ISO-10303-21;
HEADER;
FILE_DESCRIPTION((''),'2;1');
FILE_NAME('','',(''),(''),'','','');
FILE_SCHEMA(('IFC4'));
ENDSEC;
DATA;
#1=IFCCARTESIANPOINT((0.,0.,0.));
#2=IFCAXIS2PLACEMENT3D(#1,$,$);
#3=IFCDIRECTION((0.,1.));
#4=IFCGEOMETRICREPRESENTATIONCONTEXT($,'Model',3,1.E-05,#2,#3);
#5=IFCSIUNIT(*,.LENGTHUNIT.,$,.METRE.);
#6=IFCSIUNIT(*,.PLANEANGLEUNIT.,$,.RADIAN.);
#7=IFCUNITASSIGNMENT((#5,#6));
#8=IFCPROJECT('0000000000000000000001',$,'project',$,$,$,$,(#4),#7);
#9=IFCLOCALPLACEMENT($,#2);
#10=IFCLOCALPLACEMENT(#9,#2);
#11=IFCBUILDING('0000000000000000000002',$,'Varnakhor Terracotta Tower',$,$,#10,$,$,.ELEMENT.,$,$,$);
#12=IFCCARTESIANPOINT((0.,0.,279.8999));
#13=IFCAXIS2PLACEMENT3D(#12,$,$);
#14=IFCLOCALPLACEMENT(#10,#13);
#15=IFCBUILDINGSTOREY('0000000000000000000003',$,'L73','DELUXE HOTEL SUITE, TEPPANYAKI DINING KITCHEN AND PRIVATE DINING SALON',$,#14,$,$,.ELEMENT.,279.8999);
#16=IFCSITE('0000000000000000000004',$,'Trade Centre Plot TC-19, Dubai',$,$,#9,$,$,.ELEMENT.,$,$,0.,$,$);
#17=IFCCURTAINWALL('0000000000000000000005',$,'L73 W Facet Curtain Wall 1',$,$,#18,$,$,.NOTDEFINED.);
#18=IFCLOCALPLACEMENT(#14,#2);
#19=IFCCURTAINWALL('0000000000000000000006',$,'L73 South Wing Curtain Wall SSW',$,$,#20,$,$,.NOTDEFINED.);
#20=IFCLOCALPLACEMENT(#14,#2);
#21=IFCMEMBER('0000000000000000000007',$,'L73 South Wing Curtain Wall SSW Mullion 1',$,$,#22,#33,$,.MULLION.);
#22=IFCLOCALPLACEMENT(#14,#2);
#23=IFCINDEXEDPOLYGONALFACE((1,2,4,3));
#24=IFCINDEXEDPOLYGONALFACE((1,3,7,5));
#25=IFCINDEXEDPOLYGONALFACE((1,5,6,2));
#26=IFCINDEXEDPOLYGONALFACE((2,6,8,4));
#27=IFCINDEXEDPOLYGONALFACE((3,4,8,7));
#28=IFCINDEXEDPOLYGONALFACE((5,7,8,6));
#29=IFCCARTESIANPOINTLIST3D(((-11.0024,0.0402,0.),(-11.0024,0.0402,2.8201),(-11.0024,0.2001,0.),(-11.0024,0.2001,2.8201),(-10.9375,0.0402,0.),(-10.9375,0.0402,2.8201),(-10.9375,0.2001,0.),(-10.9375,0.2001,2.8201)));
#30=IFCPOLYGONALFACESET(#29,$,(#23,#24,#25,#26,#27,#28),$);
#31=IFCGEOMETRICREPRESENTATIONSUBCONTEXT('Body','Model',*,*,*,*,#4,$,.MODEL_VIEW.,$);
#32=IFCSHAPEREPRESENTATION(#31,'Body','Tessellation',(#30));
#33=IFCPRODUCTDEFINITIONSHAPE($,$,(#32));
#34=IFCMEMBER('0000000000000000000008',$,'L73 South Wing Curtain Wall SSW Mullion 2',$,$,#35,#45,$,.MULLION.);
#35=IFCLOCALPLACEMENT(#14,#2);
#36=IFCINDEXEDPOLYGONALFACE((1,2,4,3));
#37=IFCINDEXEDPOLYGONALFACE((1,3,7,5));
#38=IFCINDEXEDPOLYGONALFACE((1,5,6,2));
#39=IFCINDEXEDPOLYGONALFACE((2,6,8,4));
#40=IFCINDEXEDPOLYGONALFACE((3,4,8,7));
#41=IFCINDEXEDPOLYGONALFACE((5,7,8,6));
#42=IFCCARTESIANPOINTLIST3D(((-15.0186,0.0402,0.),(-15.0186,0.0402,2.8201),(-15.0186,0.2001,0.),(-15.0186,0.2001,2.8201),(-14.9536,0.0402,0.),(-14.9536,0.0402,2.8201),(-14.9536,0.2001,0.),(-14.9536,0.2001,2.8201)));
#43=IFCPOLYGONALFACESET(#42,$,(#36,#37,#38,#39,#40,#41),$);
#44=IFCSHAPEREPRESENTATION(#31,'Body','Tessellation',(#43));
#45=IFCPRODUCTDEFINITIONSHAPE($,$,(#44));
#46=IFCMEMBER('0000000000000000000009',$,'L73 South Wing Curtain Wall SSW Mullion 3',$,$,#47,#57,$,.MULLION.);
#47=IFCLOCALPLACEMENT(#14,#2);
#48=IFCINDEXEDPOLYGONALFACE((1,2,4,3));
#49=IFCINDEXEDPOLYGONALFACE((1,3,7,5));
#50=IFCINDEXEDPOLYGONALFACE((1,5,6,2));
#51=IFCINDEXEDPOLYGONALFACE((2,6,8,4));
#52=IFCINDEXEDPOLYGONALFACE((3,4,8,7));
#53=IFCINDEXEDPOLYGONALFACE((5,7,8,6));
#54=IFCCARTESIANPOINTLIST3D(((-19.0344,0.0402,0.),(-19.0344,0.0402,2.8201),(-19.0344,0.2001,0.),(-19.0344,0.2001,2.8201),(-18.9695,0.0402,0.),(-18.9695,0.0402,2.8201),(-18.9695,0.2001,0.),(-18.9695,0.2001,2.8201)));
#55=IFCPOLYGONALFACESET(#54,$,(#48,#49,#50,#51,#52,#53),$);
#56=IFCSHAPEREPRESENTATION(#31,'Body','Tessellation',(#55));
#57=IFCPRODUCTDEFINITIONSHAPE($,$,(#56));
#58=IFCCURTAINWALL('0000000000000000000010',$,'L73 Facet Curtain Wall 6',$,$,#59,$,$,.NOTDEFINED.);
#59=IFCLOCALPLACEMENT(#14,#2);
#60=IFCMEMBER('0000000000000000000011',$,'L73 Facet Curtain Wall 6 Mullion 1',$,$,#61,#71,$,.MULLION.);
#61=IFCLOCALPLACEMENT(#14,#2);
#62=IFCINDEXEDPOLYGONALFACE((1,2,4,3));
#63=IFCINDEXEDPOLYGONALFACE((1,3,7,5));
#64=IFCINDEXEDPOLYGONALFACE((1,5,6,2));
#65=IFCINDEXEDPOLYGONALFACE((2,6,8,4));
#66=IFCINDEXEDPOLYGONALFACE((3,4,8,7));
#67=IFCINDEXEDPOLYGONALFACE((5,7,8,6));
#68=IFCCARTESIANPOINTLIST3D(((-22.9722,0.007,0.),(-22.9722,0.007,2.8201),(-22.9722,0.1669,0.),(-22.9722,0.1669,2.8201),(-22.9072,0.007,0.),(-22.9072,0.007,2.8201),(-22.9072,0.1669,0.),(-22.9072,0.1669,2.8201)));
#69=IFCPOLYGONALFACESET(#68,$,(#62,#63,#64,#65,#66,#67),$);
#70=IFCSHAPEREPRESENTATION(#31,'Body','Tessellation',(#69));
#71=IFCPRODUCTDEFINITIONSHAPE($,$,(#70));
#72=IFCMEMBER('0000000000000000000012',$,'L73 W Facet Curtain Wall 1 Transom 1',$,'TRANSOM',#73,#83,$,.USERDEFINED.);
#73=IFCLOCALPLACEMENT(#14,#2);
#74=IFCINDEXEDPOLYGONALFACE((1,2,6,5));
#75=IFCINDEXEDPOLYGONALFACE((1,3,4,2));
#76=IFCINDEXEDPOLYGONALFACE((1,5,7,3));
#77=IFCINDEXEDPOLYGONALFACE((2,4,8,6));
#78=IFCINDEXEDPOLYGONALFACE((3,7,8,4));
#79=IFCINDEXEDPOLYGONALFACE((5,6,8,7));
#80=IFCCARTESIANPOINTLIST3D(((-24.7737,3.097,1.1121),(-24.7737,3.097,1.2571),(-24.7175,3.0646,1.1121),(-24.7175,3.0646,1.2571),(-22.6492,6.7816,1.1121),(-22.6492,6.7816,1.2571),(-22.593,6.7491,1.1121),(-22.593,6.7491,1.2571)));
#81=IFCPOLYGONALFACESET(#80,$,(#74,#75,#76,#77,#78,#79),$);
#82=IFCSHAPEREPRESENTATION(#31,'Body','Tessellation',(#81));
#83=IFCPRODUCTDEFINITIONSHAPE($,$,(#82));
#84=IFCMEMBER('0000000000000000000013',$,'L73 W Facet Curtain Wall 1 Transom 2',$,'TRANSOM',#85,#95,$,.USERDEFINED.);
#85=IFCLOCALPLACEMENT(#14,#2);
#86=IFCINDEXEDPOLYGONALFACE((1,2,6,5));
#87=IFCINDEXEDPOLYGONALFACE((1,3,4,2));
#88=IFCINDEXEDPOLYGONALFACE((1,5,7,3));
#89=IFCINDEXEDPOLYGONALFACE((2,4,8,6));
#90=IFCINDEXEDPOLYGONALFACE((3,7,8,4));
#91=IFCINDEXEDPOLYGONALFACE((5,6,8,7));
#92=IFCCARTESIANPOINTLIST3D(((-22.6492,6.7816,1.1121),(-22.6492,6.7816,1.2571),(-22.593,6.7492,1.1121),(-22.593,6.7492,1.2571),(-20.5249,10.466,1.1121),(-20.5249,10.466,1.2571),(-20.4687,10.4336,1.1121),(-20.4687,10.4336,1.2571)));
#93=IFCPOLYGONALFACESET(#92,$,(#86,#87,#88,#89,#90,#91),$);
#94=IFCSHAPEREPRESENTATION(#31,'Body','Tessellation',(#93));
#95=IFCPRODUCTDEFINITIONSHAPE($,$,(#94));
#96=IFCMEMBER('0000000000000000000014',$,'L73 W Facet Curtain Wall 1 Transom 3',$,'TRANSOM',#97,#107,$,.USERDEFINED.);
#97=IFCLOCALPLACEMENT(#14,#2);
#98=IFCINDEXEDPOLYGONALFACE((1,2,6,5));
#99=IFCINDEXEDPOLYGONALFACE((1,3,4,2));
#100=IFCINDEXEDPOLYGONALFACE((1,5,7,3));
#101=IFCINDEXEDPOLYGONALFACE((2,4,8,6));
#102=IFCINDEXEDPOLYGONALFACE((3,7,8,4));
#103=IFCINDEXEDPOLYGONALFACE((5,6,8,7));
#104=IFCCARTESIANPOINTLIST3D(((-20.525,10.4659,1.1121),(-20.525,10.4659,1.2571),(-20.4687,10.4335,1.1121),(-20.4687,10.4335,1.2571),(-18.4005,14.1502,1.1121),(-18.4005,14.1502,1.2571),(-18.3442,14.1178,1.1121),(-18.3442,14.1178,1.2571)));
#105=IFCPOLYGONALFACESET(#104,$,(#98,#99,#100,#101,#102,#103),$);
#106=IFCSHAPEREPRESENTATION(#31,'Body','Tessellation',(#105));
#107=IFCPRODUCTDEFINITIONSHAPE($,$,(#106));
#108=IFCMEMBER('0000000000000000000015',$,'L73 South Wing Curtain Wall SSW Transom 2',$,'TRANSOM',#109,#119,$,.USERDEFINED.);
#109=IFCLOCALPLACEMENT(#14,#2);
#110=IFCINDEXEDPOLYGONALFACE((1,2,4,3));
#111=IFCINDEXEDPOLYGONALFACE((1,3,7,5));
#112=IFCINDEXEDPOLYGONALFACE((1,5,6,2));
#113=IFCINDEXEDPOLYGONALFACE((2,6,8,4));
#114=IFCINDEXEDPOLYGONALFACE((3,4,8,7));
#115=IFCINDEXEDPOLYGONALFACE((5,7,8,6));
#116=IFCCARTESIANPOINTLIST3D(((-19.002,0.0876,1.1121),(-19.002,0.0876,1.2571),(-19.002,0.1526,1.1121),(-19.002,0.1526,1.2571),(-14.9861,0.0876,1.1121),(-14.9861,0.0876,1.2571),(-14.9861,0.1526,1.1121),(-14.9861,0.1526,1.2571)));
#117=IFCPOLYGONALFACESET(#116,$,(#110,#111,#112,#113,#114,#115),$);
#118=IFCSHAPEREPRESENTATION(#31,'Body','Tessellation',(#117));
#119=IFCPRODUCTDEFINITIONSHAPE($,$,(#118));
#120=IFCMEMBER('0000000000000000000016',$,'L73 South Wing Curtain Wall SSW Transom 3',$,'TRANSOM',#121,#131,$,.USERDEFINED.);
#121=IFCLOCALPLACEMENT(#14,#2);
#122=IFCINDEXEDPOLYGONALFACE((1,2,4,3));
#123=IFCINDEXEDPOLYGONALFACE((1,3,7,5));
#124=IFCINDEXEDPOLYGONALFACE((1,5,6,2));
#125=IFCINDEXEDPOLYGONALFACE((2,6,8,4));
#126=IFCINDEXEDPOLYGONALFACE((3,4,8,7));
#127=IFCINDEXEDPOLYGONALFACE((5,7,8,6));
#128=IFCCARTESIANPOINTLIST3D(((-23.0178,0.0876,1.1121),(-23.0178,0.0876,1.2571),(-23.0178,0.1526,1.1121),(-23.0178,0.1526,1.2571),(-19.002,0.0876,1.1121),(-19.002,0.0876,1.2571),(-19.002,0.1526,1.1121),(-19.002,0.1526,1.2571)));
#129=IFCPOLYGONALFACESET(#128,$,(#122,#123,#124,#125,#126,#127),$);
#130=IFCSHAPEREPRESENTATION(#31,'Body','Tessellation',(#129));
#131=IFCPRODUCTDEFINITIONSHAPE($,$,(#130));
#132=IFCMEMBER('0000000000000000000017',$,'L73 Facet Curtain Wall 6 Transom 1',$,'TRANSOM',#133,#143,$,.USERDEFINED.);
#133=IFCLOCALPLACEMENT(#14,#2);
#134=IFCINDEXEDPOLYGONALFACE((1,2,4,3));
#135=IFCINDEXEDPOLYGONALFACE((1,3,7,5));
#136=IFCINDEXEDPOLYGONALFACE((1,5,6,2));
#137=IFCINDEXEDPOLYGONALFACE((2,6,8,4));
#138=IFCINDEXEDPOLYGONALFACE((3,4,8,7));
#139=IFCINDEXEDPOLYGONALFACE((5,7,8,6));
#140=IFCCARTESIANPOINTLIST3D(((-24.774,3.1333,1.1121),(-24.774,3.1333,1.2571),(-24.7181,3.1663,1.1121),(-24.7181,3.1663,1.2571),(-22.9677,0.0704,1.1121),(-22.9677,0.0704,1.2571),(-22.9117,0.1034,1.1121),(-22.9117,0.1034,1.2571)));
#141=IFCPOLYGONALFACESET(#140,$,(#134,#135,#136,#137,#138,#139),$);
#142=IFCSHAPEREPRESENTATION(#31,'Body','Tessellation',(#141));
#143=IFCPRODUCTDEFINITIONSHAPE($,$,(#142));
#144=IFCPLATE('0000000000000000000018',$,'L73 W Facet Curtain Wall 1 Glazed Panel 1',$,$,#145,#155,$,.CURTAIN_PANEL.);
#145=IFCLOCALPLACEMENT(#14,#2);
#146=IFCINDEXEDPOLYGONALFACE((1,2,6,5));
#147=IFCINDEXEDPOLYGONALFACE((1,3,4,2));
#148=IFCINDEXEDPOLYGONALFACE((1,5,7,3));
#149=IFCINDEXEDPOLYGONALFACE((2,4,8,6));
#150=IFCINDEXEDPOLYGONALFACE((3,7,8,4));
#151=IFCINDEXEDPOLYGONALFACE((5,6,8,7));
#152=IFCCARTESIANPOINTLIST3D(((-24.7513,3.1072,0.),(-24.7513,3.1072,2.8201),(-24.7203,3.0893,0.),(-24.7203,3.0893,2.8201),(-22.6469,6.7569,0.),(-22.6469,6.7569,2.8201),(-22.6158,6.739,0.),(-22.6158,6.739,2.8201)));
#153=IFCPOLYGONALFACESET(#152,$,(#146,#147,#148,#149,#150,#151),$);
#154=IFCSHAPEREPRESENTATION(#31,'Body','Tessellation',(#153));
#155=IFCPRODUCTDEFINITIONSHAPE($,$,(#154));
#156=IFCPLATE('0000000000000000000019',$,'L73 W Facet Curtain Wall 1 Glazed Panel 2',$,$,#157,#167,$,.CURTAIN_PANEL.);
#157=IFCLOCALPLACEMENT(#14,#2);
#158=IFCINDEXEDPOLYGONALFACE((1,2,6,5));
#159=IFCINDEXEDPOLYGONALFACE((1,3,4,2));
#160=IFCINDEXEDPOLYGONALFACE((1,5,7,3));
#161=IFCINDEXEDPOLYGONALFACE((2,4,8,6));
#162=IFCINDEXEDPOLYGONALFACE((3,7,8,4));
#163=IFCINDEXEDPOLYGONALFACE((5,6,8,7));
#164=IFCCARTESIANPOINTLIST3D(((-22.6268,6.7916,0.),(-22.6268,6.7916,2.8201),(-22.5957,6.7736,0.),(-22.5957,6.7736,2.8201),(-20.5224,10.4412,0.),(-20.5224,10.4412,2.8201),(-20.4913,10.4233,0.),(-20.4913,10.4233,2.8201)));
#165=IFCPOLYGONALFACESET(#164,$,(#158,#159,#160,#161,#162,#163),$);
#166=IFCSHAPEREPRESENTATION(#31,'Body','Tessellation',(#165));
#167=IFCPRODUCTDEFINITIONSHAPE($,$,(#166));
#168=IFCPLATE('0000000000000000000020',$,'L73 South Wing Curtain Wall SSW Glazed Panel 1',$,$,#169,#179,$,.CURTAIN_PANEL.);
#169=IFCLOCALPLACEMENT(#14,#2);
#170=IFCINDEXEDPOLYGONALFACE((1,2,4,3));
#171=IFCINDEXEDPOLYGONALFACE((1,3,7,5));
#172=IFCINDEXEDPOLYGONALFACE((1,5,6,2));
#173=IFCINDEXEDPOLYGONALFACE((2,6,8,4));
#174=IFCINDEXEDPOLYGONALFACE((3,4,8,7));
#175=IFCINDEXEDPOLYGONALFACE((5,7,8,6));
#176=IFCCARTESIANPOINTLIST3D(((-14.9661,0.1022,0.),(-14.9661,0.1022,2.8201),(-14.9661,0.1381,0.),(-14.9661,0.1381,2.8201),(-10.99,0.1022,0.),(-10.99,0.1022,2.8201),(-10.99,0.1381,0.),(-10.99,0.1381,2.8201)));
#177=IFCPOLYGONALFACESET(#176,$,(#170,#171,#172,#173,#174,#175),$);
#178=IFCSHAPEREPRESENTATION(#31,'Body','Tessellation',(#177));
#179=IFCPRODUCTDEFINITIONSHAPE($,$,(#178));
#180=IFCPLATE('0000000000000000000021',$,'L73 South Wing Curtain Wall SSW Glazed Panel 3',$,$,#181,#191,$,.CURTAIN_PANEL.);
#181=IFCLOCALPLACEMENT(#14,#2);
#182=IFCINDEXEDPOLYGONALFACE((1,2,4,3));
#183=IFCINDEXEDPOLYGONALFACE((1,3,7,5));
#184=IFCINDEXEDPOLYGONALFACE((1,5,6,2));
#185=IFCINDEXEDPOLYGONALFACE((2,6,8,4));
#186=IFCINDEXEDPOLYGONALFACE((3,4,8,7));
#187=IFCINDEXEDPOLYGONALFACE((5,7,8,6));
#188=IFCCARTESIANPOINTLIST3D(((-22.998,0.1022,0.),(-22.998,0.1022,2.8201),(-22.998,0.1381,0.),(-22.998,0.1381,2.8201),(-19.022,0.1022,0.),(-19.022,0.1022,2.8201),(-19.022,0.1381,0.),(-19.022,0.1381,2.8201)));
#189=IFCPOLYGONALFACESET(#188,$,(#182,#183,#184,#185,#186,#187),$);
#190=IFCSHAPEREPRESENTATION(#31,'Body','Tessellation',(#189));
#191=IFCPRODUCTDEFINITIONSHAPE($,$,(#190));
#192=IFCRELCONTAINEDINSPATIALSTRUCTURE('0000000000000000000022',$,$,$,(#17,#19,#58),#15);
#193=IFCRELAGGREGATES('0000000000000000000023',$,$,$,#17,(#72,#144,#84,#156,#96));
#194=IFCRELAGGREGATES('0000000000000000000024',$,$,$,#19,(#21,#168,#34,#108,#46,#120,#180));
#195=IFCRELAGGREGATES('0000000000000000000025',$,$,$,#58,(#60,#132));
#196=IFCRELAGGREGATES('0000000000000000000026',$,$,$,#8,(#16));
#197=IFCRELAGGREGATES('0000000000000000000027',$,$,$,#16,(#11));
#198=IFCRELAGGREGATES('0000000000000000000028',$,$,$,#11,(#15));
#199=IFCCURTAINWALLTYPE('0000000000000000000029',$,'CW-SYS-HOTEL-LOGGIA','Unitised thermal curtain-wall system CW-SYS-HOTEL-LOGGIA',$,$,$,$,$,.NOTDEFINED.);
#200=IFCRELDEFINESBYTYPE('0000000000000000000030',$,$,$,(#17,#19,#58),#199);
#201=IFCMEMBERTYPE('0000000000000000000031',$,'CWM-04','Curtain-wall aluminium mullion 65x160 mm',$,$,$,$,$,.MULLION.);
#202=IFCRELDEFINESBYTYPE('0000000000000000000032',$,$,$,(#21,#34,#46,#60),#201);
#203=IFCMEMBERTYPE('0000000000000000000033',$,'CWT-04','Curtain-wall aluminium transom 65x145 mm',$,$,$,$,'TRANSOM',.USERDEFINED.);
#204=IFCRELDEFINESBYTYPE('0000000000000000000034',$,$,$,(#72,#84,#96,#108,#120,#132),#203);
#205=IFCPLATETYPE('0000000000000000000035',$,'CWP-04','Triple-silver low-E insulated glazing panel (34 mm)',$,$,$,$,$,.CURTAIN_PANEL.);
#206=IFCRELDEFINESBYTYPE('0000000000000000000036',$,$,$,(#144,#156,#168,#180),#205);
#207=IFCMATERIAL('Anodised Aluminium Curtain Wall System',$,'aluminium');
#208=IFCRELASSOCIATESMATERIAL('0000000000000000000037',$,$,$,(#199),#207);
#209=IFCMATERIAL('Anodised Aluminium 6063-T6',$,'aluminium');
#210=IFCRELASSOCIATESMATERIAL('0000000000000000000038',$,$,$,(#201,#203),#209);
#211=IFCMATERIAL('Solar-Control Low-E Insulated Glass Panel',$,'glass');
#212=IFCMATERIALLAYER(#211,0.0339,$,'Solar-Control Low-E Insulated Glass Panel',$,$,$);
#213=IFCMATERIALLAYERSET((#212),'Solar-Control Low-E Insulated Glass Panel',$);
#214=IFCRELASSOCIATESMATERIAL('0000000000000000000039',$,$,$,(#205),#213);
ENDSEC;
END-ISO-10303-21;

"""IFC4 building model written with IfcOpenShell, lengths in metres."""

from ifc_helpers import new_model, si_unit, direction, frame, origin, origin_2d, place, context, subcontext, project, spatial, rectangle, extrude, source, transform, mapped, material, layer, layer_set, material_profile, profile_set, type_object, type_shapes, element, aggregate, save


model = new_model("IFC4")

# Units and contexts
model_context = context("Model", 3, precision=1e-05, world=origin(), true_north=direction((0.0, 1.0)))
body_context = subcontext(model_context, "Body", "Model", "MODEL_VIEW")
ifc_project = project(units=[si_unit("LENGTHUNIT", "METRE"), si_unit("PLANEANGLEUNIT", "RADIAN")], contexts=[model_context])

# Site, building, storey
site_placement = place(None, origin())
site = spatial("IfcSite", under=ifc_project, at=site_placement, Name="Trade Centre Plot TC-19, Dubai", CompositionType="ELEMENT", RefElevation=0.0)
building_placement = place(site_placement, origin())
building = spatial("IfcBuilding", under=site, at=building_placement, Name="Varnakhor Terracotta Tower", CompositionType="ELEMENT")
storey_placement = place(building_placement, frame((0.0, 0.0, 279.8999)))
storey = spatial("IfcBuildingStorey", under=building, at=storey_placement, Name="L73", Description="DELUXE HOTEL SUITE, TEPPANYAKI DINING KITCHEN AND PRIVATE DINING SALON", CompositionType="ELEMENT", Elevation=279.8999)

# Curtain walls, members
ifc_material_1 = material(Name="Anodised Aluminium Curtain Wall System", Category="aluminium")
curtain_wall_type = type_object("IfcCurtainWallType", Name="CW-SYS-HOTEL-LOGGIA", Description="Unitised thermal curtain-wall system CW-SYS-HOTEL-LOGGIA", PredefinedType="NOTDEFINED", material=ifc_material_1)
curtain_wall_1_placement = place(storey_placement, origin())
curtain_wall_1 = element("IfcCurtainWall", 1, at=curtain_wall_1_placement, inside=storey, type_object=curtain_wall_type, Name="L73 W Facet Curtain Wall 1", PredefinedType="NOTDEFINED")
ifc_material_2 = material(Name="Anodised Aluminium 6063-T6", Category="aluminium")
ifc_material_profile_1 = material_profile(ifc_material_2, rectangle(XDim=0.0649, YDim=0.1599, at=origin_2d()), Name="ALU MULLION 65x160")
ifc_profile_set_1 = profile_set([ifc_material_profile_1], Name="Anodised Aluminium 6063-T6")
member_type_1 = type_object("IfcMemberType", Name="CWM-04", Description="Curtain-wall aluminium mullion 65x160 mm", PredefinedType="MULLION", material=ifc_profile_set_1)
shared_shape_1 = source(origin(), body_context, "Body", "SweptSolid", [
    extrude(rectangle(XDim=0.0649, YDim=0.1599, at=origin_2d()), origin(), (0.0, 0.0, 1.0), 2.8201),
])
type_shapes(member_type_1, [shared_shape_1])
curtain_wall_2_placement = place(storey_placement, origin())
curtain_wall_2 = element("IfcCurtainWall", 2, at=curtain_wall_2_placement, inside=storey, type_object=curtain_wall_type, Name="L73 South Wing Curtain Wall SSW", PredefinedType="NOTDEFINED")
member_1_placement = place(storey_placement, frame((-10.97, 0.1201, 0.0), z_axis=(0.0, 0.0, 1.0), x_axis=(1.0, 0.0, 0.0)))
member_1 = element("IfcMember", 3, at=member_1_placement, type_object=member_type_1, Name="L73 South Wing Curtain Wall SSW Mullion 1", PredefinedType="MULLION", context=body_context, shape_type="MappedRepresentation", body=[
    mapped(shared_shape_1, transform((0.0, 0.0, 0.0), scale=1.0)),
])
member_2_placement = place(storey_placement, frame((-14.9861, 0.1201, 0.0), z_axis=(0.0, 0.0, 1.0), x_axis=(1.0, 0.0, 0.0)))
member_2 = element("IfcMember", 4, at=member_2_placement, type_object=member_type_1, Name="L73 South Wing Curtain Wall SSW Mullion 2", PredefinedType="MULLION", context=body_context, shape_type="MappedRepresentation", body=[
    mapped(shared_shape_1, transform((0.0, 0.0, 0.0), scale=1.0)),
])
member_3_placement = place(storey_placement, frame((-19.002, 0.1201, 0.0), z_axis=(0.0, 0.0, 1.0), x_axis=(1.0, 0.0, 0.0)))
member_3 = element("IfcMember", 5, at=member_3_placement, type_object=member_type_1, Name="L73 South Wing Curtain Wall SSW Mullion 3", PredefinedType="MULLION", context=body_context, shape_type="MappedRepresentation", body=[
    mapped(shared_shape_1, transform((0.0, 0.0, 0.0), scale=1.0)),
])

# Curtain wall, member
curtain_wall_3_placement = place(storey_placement, origin())
curtain_wall_3 = element("IfcCurtainWall", 6, at=curtain_wall_3_placement, inside=storey, type_object=curtain_wall_type, Name="L73 Facet Curtain Wall 6", PredefinedType="NOTDEFINED")
member_4_placement = place(storey_placement, frame((-22.9397, 0.0869, 0.0), z_axis=(0.0, 0.0, 1.0), x_axis=(1.0, 0.0, 0.0)))
member_4 = element("IfcMember", 7, at=member_4_placement, type_object=member_type_1, Name="L73 Facet Curtain Wall 6 Mullion 1", PredefinedType="MULLION", context=body_context, shape_type="MappedRepresentation", body=[
    mapped(shared_shape_1, transform((0.0, 0.0, 0.0), scale=1.0)),
])

# Members
ifc_material_profile_2 = material_profile(ifc_material_2, rectangle(XDim=0.0649, YDim=0.145, at=origin_2d()), Name="ALU TRANSOM 65x145")
ifc_profile_set_2 = profile_set([ifc_material_profile_2], Name="Anodised Aluminium 6063-T6")
member_type_2 = type_object("IfcMemberType", Name="CWT-04", Description="Curtain-wall aluminium transom 65x145 mm", ElementType="TRANSOM", PredefinedType="USERDEFINED", material=ifc_profile_set_2)
shared_shape_2 = source(origin(), body_context, "Body", "SweptSolid", [
    extrude(rectangle(XDim=0.0649, YDim=0.145, at=origin_2d()), origin(), (0.0, 0.0, 1.0), 4.2532),
])
member_5_placement = place(storey_placement, frame((-24.7456, 3.0808, 1.1846), z_axis=(0.49951, 0.866308, 0.0), x_axis=(-0.866308, 0.49951, 0.0)))
member_5 = element("IfcMember", 8, at=member_5_placement, type_object=member_type_2, Name="L73 W Facet Curtain Wall 1 Transom 1", ObjectType="TRANSOM", PredefinedType="USERDEFINED", context=body_context, shape_type="MappedRepresentation", body=[
    mapped(shared_shape_2, transform((0.0, 0.0, 0.0), scale=1.0)),
])
shared_shape_3 = source(origin(), body_context, "Body", "SweptSolid", [
    extrude(rectangle(XDim=0.0649, YDim=0.145, at=origin_2d()), origin(), (0.0, 0.0, 1.0), 4.2529),
])
member_6_placement = place(storey_placement, frame((-22.6211, 6.7654, 1.1846), z_axis=(0.499492, 0.866318, 0.0), x_axis=(-0.866318, 0.499492, 0.0)))
member_6 = element("IfcMember", 9, at=member_6_placement, type_object=member_type_2, Name="L73 W Facet Curtain Wall 1 Transom 2", ObjectType="TRANSOM", PredefinedType="USERDEFINED", context=body_context, shape_type="MappedRepresentation", body=[
    mapped(shared_shape_3, transform((0.0, 0.0, 0.0), scale=1.0)),
])
member_7_placement = place(storey_placement, frame((-20.4968, 10.4497, 1.1846), z_axis=(0.499535, 0.866294, 0.0), x_axis=(-0.866294, 0.499535, 0.0)))
member_7 = element("IfcMember", 10, at=member_7_placement, type_object=member_type_2, Name="L73 W Facet Curtain Wall 1 Transom 3", ObjectType="TRANSOM", PredefinedType="USERDEFINED", context=body_context, shape_type="MappedRepresentation", body=[
    mapped(shared_shape_3, transform((0.0, 0.0, 0.0), scale=1.0)),
])
shared_shape_4 = source(origin(), body_context, "Body", "SweptSolid", [
    extrude(rectangle(XDim=0.0649, YDim=0.145, at=origin_2d()), origin(), (0.0, 0.0, 1.0), 4.0159),
])
member_8_placement = place(storey_placement, frame((-14.9861, 0.1201, 1.1846), z_axis=(-1.0, 0.0, 0.0), x_axis=(0.0, -1.0, 0.0)))
member_8 = element("IfcMember", 11, at=member_8_placement, type_object=member_type_2, Name="L73 South Wing Curtain Wall SSW Transom 2", ObjectType="TRANSOM", PredefinedType="USERDEFINED", context=body_context, shape_type="MappedRepresentation", body=[
    mapped(shared_shape_4, transform((0.0, 0.0, 0.0), scale=1.0)),
])
member_9_placement = place(storey_placement, frame((-19.002, 0.1201, 1.1846), z_axis=(-1.0, 0.0, 0.0), x_axis=(0.0, -1.0, 0.0)))
member_9 = element("IfcMember", 12, at=member_9_placement, type_object=member_type_2, Name="L73 South Wing Curtain Wall SSW Transom 3", ObjectType="TRANSOM", PredefinedType="USERDEFINED", context=body_context, shape_type="MappedRepresentation", body=[
    mapped(shared_shape_4, transform((0.0, 0.0, 0.0), scale=1.0)),
])
shared_shape_5 = source(origin(), body_context, "Body", "SweptSolid", [
    extrude(rectangle(XDim=0.0649, YDim=0.145, at=origin_2d()), origin(), (0.0, 0.0, 1.0), 3.5559),
])
member_10_placement = place(storey_placement, frame((-22.9397, 0.0869, 1.1846), z_axis=(-0.507989, 0.861364, 0.0), x_axis=(-0.861364, -0.507989, 0.0)))
member_10 = element("IfcMember", 13, at=member_10_placement, type_object=member_type_2, Name="L73 Facet Curtain Wall 6 Transom 1", ObjectType="TRANSOM", PredefinedType="USERDEFINED", context=body_context, shape_type="MappedRepresentation", body=[
    mapped(shared_shape_5, transform((0.0, 0.0, 0.0), scale=1.0)),
])

# Plates
ifc_material_3 = material(Name="Solar-Control Low-E Insulated Glass Panel", Category="glass")
ifc_layer_1 = layer(ifc_material_3, 0.0339, Name="Solar-Control Low-E Insulated Glass Panel")
ifc_layer_set_1 = layer_set([ifc_layer_1], Name="Solar-Control Low-E Insulated Glass Panel")
plate_type = type_object("IfcPlateType", Name="CWP-04", Description="Triple-silver low-E insulated glazing panel (34 mm)", PredefinedType="CURTAIN_PANEL", material=ifc_layer_set_1)
shared_shape_6 = source(origin(), body_context, "Body", "SweptSolid", [
    extrude(rectangle(XDim=4.2129, YDim=0.0359, at=origin_2d()), origin(), (0.0, 0.0, 1.0), 2.8201),
])
plate_1_placement = place(storey_placement, frame((-23.6836, 4.9231, 0.0), z_axis=(0.0, 0.0, 1.0), x_axis=(0.499516, 0.866305, 0.0)))
plate_1 = element("IfcPlate", 14, at=plate_1_placement, type_object=plate_type, Name="L73 W Facet Curtain Wall 1 Glazed Panel 1", PredefinedType="CURTAIN_PANEL", context=body_context, shape_type="MappedRepresentation", body=[
    mapped(shared_shape_6, transform((0.0, 0.0, 0.0), scale=1.0)),
])
plate_2_placement = place(storey_placement, frame((-21.5591, 8.6074, 0.0), z_axis=(0.0, 0.0, 1.0), x_axis=(0.499516, 0.866305, 0.0)))
plate_2 = element("IfcPlate", 15, at=plate_2_placement, type_object=plate_type, Name="L73 W Facet Curtain Wall 1 Glazed Panel 2", PredefinedType="CURTAIN_PANEL", context=body_context, shape_type="MappedRepresentation", body=[
    mapped(shared_shape_6, transform((0.0, 0.0, 0.0), scale=1.0)),
])
aggregate(curtain_wall_1, [member_5, plate_1, member_6, plate_2, member_7])
shared_shape_7 = source(origin(), body_context, "Body", "SweptSolid", [
    extrude(rectangle(XDim=3.9761, YDim=0.0359, at=origin_2d()), origin(), (0.0, 0.0, 1.0), 2.8201),
])
plate_3_placement = place(storey_placement, frame((-12.978, 0.1201, 0.0), z_axis=(0.0, 0.0, 1.0), x_axis=(-1.0, 0.0, 0.0)))
plate_3 = element("IfcPlate", 16, at=plate_3_placement, type_object=plate_type, Name="L73 South Wing Curtain Wall SSW Glazed Panel 1", PredefinedType="CURTAIN_PANEL", context=body_context, shape_type="MappedRepresentation", body=[
    mapped(shared_shape_7, transform((0.0, 0.0, 0.0), scale=1.0)),
])
plate_4_placement = place(storey_placement, frame((-21.01, 0.1201, 0.0), z_axis=(0.0, 0.0, 1.0), x_axis=(-1.0, 0.0, 0.0)))
plate_4 = element("IfcPlate", 17, at=plate_4_placement, type_object=plate_type, Name="L73 South Wing Curtain Wall SSW Glazed Panel 3", PredefinedType="CURTAIN_PANEL", context=body_context, shape_type="MappedRepresentation", body=[
    mapped(shared_shape_7, transform((0.0, 0.0, 0.0), scale=1.0)),
])
aggregate(curtain_wall_2, [member_1, plate_3, member_2, member_8, member_3, member_9, plate_4])
aggregate(curtain_wall_3, [member_4, member_10])

save(model, "model.ifc")
